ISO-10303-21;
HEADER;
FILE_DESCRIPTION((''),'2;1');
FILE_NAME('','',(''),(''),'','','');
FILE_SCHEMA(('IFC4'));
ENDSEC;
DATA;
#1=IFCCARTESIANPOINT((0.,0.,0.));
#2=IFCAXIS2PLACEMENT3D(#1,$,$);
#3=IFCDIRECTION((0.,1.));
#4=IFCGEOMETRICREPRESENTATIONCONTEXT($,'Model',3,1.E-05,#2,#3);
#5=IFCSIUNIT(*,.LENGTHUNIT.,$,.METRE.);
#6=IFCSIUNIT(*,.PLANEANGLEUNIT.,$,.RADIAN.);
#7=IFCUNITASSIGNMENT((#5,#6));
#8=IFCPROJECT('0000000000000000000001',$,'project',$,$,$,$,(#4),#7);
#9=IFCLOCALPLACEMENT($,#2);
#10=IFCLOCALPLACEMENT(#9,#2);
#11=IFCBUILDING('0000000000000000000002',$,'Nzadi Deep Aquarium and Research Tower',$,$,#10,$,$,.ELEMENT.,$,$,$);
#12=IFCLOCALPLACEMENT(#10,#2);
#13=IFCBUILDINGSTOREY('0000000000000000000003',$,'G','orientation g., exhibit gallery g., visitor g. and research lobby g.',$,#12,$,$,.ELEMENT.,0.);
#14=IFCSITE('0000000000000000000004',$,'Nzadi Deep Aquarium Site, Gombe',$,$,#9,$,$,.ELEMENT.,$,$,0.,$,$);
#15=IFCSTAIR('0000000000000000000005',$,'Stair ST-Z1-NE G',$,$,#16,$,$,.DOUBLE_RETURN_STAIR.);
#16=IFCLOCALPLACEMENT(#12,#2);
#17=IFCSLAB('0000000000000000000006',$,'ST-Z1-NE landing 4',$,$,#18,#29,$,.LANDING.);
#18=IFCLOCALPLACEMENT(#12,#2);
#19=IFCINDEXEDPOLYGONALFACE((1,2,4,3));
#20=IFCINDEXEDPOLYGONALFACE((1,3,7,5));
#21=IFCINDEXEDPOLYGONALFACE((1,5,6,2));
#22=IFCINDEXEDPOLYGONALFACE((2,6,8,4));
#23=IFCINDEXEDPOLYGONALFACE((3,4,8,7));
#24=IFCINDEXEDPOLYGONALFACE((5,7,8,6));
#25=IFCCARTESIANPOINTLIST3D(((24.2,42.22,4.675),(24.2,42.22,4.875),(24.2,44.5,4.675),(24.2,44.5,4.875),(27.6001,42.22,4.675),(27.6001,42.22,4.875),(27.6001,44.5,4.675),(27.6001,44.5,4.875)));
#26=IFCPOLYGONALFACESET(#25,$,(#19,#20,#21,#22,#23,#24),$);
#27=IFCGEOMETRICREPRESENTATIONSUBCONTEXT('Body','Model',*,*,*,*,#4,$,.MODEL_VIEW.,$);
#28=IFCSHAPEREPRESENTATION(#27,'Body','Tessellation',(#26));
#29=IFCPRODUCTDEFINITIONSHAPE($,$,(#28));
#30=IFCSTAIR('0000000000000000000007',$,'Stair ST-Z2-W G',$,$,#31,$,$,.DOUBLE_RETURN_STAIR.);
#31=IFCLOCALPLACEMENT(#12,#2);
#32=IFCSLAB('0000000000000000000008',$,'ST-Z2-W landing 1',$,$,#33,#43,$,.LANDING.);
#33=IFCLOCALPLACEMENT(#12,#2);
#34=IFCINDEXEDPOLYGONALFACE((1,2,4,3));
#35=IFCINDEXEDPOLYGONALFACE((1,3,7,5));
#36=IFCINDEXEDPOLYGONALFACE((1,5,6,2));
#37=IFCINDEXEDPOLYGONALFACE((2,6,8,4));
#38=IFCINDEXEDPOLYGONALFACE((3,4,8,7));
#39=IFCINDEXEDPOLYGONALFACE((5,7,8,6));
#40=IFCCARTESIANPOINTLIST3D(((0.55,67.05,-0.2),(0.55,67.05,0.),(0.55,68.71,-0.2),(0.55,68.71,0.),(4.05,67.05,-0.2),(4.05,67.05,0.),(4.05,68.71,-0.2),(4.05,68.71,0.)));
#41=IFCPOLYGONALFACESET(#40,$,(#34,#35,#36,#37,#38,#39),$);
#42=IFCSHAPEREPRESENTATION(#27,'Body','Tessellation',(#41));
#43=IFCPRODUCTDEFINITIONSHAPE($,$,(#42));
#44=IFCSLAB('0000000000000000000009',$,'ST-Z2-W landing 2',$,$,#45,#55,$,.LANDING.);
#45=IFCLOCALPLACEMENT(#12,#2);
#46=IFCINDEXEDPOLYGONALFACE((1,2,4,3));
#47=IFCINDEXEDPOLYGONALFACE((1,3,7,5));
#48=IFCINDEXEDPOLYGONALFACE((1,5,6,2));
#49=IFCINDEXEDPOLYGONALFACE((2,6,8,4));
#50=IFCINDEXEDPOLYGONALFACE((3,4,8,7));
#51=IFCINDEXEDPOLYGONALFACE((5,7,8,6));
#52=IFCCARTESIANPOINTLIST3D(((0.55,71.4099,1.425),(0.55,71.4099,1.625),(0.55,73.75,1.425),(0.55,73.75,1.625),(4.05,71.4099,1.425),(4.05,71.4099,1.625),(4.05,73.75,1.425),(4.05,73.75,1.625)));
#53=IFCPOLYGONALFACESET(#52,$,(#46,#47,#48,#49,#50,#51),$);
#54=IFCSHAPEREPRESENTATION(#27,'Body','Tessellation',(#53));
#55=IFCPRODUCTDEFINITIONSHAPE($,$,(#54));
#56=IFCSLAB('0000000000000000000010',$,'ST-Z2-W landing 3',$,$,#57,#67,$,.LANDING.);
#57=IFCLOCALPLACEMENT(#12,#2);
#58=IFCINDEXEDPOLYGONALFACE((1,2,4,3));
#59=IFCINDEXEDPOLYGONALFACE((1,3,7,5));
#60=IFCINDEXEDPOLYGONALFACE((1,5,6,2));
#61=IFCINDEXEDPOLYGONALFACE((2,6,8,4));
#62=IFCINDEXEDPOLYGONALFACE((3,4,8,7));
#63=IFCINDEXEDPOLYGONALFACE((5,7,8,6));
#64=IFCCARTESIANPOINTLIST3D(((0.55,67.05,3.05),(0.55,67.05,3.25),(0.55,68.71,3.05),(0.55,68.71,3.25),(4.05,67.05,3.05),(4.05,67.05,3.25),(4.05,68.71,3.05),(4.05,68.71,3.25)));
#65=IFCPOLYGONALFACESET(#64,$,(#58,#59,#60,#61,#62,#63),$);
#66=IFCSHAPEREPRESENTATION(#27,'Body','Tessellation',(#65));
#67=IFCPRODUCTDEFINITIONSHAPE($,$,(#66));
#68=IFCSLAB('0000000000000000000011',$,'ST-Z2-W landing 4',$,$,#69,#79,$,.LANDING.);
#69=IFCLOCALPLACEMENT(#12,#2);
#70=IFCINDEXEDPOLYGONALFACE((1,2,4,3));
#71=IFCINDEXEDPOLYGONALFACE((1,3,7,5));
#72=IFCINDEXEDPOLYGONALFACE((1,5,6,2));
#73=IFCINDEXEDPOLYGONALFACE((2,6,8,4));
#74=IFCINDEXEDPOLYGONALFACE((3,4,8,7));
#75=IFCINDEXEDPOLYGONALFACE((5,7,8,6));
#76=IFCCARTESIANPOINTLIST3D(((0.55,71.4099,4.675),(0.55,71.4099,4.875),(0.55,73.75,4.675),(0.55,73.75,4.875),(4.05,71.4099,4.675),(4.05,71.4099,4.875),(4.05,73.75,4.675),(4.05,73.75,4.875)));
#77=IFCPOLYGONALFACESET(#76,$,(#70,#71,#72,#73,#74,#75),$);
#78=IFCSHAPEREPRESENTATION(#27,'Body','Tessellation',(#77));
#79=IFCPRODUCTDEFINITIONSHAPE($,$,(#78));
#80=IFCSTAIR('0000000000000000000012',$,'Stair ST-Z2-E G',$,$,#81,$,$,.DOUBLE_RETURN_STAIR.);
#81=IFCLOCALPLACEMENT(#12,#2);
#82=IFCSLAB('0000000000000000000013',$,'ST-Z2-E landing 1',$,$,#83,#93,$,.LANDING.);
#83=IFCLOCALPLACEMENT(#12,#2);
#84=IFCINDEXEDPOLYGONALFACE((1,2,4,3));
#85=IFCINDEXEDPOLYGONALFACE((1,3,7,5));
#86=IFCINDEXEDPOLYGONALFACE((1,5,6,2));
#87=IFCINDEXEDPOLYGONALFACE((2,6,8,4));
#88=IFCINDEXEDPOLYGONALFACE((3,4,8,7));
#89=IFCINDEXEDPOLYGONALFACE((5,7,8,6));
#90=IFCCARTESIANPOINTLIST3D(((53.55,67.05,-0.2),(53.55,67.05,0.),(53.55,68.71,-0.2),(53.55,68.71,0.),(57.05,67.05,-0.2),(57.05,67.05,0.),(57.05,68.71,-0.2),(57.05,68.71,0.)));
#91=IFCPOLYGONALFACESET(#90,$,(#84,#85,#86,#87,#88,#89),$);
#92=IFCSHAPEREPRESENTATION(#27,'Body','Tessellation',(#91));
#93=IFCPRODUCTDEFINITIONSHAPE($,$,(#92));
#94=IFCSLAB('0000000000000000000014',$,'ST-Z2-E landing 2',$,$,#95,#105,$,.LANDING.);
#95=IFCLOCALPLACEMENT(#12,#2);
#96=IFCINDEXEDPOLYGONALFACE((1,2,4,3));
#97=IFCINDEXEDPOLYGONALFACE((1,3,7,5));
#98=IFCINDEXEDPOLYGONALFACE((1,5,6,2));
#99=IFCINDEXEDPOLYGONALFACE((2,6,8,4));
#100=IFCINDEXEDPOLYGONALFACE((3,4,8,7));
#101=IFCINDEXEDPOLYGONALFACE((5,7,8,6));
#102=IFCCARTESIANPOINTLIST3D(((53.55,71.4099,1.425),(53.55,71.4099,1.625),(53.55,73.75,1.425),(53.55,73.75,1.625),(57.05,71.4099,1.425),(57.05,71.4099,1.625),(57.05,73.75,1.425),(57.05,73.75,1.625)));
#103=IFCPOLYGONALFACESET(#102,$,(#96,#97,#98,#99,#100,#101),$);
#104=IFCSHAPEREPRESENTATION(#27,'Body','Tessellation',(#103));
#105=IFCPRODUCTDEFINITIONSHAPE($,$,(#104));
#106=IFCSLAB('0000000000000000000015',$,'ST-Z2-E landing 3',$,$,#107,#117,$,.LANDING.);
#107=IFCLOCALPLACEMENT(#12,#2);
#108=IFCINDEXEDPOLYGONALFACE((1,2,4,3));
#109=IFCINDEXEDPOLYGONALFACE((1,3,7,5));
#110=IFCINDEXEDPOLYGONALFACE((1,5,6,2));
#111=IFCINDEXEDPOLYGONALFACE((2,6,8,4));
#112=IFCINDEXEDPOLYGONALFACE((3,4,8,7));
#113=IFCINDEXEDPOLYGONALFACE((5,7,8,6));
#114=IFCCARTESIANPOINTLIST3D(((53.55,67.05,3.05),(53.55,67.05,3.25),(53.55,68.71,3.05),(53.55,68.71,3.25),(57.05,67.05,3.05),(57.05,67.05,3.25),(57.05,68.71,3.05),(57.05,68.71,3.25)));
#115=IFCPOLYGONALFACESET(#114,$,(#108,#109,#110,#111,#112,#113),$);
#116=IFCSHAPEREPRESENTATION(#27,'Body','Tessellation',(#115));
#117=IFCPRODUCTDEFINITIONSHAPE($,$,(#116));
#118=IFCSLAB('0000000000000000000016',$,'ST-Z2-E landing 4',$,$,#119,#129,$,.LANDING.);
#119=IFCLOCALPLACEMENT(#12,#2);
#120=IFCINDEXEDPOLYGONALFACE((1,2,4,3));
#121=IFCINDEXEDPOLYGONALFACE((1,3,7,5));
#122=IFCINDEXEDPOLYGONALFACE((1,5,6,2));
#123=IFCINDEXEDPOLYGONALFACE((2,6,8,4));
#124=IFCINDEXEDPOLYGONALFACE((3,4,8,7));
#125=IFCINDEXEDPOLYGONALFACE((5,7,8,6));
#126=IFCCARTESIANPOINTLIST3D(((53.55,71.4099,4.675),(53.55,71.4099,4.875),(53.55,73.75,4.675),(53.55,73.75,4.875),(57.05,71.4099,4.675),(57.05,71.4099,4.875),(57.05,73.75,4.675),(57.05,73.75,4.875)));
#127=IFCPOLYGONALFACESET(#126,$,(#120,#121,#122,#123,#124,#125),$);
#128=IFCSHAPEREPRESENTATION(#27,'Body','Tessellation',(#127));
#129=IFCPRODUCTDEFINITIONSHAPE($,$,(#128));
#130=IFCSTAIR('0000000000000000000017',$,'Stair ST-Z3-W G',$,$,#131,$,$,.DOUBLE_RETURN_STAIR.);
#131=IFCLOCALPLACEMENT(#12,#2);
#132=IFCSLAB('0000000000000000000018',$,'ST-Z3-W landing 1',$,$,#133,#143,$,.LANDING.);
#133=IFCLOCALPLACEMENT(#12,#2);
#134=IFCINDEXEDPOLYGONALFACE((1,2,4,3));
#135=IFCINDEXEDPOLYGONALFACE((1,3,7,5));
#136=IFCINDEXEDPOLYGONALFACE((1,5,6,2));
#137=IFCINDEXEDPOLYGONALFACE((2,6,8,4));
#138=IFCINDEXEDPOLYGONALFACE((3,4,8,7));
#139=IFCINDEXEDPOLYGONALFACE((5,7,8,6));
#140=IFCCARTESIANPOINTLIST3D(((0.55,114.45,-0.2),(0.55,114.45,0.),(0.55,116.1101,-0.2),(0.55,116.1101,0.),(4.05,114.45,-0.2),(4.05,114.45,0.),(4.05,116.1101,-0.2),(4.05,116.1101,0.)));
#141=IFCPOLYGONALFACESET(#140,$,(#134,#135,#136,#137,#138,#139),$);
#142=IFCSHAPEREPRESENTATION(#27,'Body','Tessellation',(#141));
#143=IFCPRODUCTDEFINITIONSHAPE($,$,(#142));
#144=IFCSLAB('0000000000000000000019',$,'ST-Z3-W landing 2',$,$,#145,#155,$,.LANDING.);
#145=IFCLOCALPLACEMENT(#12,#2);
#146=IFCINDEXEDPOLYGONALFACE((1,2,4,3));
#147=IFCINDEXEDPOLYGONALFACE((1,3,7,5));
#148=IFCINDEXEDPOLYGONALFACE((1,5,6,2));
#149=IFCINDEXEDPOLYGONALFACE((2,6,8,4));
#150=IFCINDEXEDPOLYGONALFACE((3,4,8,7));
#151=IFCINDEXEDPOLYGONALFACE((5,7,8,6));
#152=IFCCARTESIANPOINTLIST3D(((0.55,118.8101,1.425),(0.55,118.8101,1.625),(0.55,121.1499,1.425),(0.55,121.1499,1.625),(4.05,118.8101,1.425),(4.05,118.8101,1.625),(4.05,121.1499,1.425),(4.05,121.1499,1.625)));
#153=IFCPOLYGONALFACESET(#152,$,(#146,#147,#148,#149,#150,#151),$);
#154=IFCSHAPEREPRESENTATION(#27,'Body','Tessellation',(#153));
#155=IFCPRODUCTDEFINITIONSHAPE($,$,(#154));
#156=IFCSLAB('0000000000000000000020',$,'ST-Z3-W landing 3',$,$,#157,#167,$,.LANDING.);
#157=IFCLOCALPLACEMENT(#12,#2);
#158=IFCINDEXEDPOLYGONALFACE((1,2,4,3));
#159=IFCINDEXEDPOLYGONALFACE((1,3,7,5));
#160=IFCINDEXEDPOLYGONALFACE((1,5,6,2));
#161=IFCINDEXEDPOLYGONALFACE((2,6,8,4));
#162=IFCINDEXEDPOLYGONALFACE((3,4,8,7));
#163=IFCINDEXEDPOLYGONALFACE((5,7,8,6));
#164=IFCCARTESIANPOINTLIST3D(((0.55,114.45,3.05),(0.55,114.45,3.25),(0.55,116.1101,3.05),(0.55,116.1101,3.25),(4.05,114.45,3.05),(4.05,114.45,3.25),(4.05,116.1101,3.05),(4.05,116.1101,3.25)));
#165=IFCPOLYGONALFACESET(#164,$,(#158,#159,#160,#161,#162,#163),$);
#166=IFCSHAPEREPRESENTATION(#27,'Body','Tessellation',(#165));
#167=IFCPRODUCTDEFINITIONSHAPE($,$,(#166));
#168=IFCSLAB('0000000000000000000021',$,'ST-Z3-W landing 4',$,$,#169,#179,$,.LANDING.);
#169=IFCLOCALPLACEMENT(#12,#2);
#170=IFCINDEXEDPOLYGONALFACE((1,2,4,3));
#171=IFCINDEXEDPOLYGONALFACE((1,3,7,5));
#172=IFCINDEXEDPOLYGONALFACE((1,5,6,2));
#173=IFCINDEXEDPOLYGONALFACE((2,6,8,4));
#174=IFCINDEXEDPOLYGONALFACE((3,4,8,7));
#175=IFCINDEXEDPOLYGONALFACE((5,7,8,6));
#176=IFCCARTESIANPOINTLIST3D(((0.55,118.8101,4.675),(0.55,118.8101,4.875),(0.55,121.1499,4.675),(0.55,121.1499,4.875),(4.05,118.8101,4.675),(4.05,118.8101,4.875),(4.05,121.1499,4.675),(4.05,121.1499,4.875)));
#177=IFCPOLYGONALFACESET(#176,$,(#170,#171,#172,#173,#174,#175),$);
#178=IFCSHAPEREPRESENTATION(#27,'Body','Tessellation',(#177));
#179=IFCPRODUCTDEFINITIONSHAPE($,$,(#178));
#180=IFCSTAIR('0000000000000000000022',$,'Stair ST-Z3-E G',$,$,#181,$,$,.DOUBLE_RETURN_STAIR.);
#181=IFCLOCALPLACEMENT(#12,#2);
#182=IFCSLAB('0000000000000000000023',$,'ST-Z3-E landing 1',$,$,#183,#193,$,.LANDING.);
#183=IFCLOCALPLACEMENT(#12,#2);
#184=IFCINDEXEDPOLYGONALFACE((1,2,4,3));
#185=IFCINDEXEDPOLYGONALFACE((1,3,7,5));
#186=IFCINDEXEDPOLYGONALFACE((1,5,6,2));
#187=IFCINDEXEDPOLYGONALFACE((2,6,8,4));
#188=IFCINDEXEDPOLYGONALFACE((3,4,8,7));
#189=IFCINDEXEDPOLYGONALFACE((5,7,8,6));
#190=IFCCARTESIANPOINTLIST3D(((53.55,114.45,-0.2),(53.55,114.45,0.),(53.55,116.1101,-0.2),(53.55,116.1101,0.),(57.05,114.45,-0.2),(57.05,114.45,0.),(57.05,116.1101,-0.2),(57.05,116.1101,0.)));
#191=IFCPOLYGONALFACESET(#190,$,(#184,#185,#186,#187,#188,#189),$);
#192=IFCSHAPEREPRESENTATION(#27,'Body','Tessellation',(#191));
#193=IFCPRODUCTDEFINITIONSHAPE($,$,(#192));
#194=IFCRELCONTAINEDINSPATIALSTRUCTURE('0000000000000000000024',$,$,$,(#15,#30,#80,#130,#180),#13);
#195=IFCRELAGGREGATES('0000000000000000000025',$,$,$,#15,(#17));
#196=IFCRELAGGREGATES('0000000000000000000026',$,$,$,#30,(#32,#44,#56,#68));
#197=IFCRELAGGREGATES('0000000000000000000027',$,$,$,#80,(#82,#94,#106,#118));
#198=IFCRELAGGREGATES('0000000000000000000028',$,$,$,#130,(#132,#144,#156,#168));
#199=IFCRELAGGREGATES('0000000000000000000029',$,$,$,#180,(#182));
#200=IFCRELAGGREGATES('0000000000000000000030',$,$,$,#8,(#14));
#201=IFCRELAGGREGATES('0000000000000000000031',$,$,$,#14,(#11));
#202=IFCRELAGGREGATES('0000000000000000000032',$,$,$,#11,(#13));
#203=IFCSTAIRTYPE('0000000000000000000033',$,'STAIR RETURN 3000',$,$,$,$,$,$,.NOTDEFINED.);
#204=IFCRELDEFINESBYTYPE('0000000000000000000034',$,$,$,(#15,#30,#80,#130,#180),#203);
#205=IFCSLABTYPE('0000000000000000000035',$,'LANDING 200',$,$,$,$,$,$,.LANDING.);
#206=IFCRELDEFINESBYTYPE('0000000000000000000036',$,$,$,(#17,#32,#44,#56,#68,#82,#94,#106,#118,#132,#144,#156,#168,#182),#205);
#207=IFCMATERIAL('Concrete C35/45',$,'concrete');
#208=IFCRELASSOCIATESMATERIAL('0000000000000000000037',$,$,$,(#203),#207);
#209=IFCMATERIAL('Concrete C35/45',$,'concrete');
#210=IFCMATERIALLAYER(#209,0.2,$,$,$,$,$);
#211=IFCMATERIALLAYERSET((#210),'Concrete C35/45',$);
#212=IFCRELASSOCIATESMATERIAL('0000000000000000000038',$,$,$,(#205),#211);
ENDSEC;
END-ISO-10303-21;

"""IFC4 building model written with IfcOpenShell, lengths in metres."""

from ifc_helpers import new_model, si_unit, direction, frame, origin, place, context, subcontext, project, spatial, polyline, outline, extrude, material, layer, layer_set, type_object, element, aggregate, save


model = new_model("IFC4")

# Units and contexts
model_context = context("Model", 3, precision=1e-05, world=origin(), true_north=direction((0.0, 1.0)))
body_context = subcontext(model_context, "Body", "Model", "MODEL_VIEW")
ifc_project = project(units=[si_unit("LENGTHUNIT", "METRE"), si_unit("PLANEANGLEUNIT", "RADIAN")], contexts=[model_context])

# Site, building, storey
site_placement = place(None, origin())
site = spatial("IfcSite", under=ifc_project, at=site_placement, Name="Nzadi Deep Aquarium Site, Gombe", CompositionType="ELEMENT", RefElevation=0.0)
building_placement = place(site_placement, origin())
building = spatial("IfcBuilding", under=site, at=building_placement, Name="Nzadi Deep Aquarium and Research Tower", CompositionType="ELEMENT")
storey_placement = place(building_placement, origin())
storey = spatial("IfcBuildingStorey", under=building, at=storey_placement, Name="G", Description="orientation g., exhibit gallery g., visitor g. and research lobby g.", CompositionType="ELEMENT", Elevation=0.0)

# Stair, slab
ifc_material_1 = material(Name="Concrete C35/45", Category="concrete")
stair_type = type_object("IfcStairType", Name="STAIR RETURN 3000", PredefinedType="NOTDEFINED", material=ifc_material_1)
stair_1_placement = place(storey_placement, origin())
stair_1 = element("IfcStair", 1, at=stair_1_placement, inside=storey, type_object=stair_type, Name="Stair ST-Z1-NE G", PredefinedType="DOUBLE_RETURN_STAIR")
ifc_material_2 = material(Name="Concrete C35/45", Category="concrete")
ifc_layer = layer(ifc_material_2, 0.2)
ifc_layer_set = layer_set([ifc_layer], Name="Concrete C35/45")
slab_type = type_object("IfcSlabType", Name="LANDING 200", PredefinedType="LANDING", material=ifc_layer_set)
slab_1_placement = place(storey_placement, frame((0.0, 0.0, 4.675)))
slab_1 = element("IfcSlab", 2, at=slab_1_placement, type_object=slab_type, Name="ST-Z1-NE landing 4", PredefinedType="LANDING", context=body_context, shape_type="SweptSolid", body=[
    extrude(outline(polyline([(24.2, 42.22), (27.6001, 42.22), (27.6001, 44.5), (24.2, 44.5), (24.2, 42.22)])), origin(), (0.0, 0.0, 1.0), 0.2),
])
aggregate(stair_1, [slab_1])

# Stairs, slabs
stair_2_placement = place(storey_placement, origin())
stair_2 = element("IfcStair", 3, at=stair_2_placement, inside=storey, type_object=stair_type, Name="Stair ST-Z2-W G", PredefinedType="DOUBLE_RETURN_STAIR")
slab_2_placement = place(storey_placement, frame((0.0, 0.0, -0.2)))
slab_2 = element("IfcSlab", 4, at=slab_2_placement, type_object=slab_type, Name="ST-Z2-W landing 1", PredefinedType="LANDING", context=body_context, shape_type="SweptSolid", body=[
    extrude(outline(polyline([(0.55, 67.05), (4.05, 67.05), (4.05, 68.71), (0.55, 68.71), (0.55, 67.05)])), origin(), (0.0, 0.0, 1.0), 0.2),
])
slab_3_placement = place(storey_placement, frame((0.0, 0.0, 1.425)))
slab_3 = element("IfcSlab", 5, at=slab_3_placement, type_object=slab_type, Name="ST-Z2-W landing 2", PredefinedType="LANDING", context=body_context, shape_type="SweptSolid", body=[
    extrude(outline(polyline([(0.55, 71.4099), (4.05, 71.4099), (4.05, 73.75), (0.55, 73.75), (0.55, 71.4099)])), origin(), (0.0, 0.0, 1.0), 0.2),
])
slab_4_placement = place(storey_placement, frame((0.0, 0.0, 3.05)))
slab_4 = element("IfcSlab", 6, at=slab_4_placement, type_object=slab_type, Name="ST-Z2-W landing 3", PredefinedType="LANDING", context=body_context, shape_type="SweptSolid", body=[
    extrude(outline(polyline([(0.55, 67.05), (4.05, 67.05), (4.05, 68.71), (0.55, 68.71), (0.55, 67.05)])), origin(), (0.0, 0.0, 1.0), 0.2),
])
slab_5_placement = place(storey_placement, frame((0.0, 0.0, 4.675)))
slab_5 = element("IfcSlab", 7, at=slab_5_placement, type_object=slab_type, Name="ST-Z2-W landing 4", PredefinedType="LANDING", context=body_context, shape_type="SweptSolid", body=[
    extrude(outline(polyline([(0.55, 71.4099), (4.05, 71.4099), (4.05, 73.75), (0.55, 73.75), (0.55, 71.4099)])), origin(), (0.0, 0.0, 1.0), 0.2),
])
aggregate(stair_2, [slab_2, slab_3, slab_4, slab_5])
stair_3_placement = place(storey_placement, origin())
stair_3 = element("IfcStair", 8, at=stair_3_placement, inside=storey, type_object=stair_type, Name="Stair ST-Z2-E G", PredefinedType="DOUBLE_RETURN_STAIR")
slab_6_placement = place(storey_placement, frame((0.0, 0.0, -0.2)))
slab_6 = element("IfcSlab", 9, at=slab_6_placement, type_object=slab_type, Name="ST-Z2-E landing 1", PredefinedType="LANDING", context=body_context, shape_type="SweptSolid", body=[
    extrude(outline(polyline([(57.05, 68.71), (53.55, 68.71), (53.55, 67.05), (57.05, 67.05), (57.05, 68.71)])), origin(), (0.0, 0.0, 1.0), 0.2),
])
slab_7_placement = place(storey_placement, frame((0.0, 0.0, 1.425)))
slab_7 = element("IfcSlab", 10, at=slab_7_placement, type_object=slab_type, Name="ST-Z2-E landing 2", PredefinedType="LANDING", context=body_context, shape_type="SweptSolid", body=[
    extrude(outline(polyline([(57.05, 73.75), (53.55, 73.75), (53.55, 71.4099), (57.05, 71.4099), (57.05, 73.75)])), origin(), (0.0, 0.0, 1.0), 0.2),
])
slab_8_placement = place(storey_placement, frame((0.0, 0.0, 3.05)))
slab_8 = element("IfcSlab", 11, at=slab_8_placement, type_object=slab_type, Name="ST-Z2-E landing 3", PredefinedType="LANDING", context=body_context, shape_type="SweptSolid", body=[
    extrude(outline(polyline([(57.05, 68.71), (53.55, 68.71), (53.55, 67.05), (57.05, 67.05), (57.05, 68.71)])), origin(), (0.0, 0.0, 1.0), 0.2),
])
slab_9_placement = place(storey_placement, frame((0.0, 0.0, 4.675)))
slab_9 = element("IfcSlab", 12, at=slab_9_placement, type_object=slab_type, Name="ST-Z2-E landing 4", PredefinedType="LANDING", context=body_context, shape_type="SweptSolid", body=[
    extrude(outline(polyline([(57.05, 73.75), (53.55, 73.75), (53.55, 71.4099), (57.05, 71.4099), (57.05, 73.75)])), origin(), (0.0, 0.0, 1.0), 0.2),
])
aggregate(stair_3, [slab_6, slab_7, slab_8, slab_9])
stair_4_placement = place(storey_placement, origin())
stair_4 = element("IfcStair", 13, at=stair_4_placement, inside=storey, type_object=stair_type, Name="Stair ST-Z3-W G", PredefinedType="DOUBLE_RETURN_STAIR")
slab_10_placement = place(storey_placement, frame((0.0, 0.0, -0.2)))
slab_10 = element("IfcSlab", 14, at=slab_10_placement, type_object=slab_type, Name="ST-Z3-W landing 1", PredefinedType="LANDING", context=body_context, shape_type="SweptSolid", body=[
    extrude(outline(polyline([(0.55, 114.45), (4.05, 114.45), (4.05, 116.1101), (0.55, 116.1101), (0.55, 114.45)])), origin(), (0.0, 0.0, 1.0), 0.2),
])
slab_11_placement = place(storey_placement, frame((0.0, 0.0, 1.425)))
slab_11 = element("IfcSlab", 15, at=slab_11_placement, type_object=slab_type, Name="ST-Z3-W landing 2", PredefinedType="LANDING", context=body_context, shape_type="SweptSolid", body=[
    extrude(outline(polyline([(0.55, 118.8101), (4.05, 118.8101), (4.05, 121.1499), (0.55, 121.1499), (0.55, 118.8101)])), origin(), (0.0, 0.0, 1.0), 0.2),
])
slab_12_placement = place(storey_placement, frame((0.0, 0.0, 3.05)))
slab_12 = element("IfcSlab", 16, at=slab_12_placement, type_object=slab_type, Name="ST-Z3-W landing 3", PredefinedType="LANDING", context=body_context, shape_type="SweptSolid", body=[
    extrude(outline(polyline([(0.55, 114.45), (4.05, 114.45), (4.05, 116.1101), (0.55, 116.1101), (0.55, 114.45)])), origin(), (0.0, 0.0, 1.0), 0.2),
])
slab_13_placement = place(storey_placement, frame((0.0, 0.0, 4.675)))
slab_13 = element("IfcSlab", 17, at=slab_13_placement, type_object=slab_type, Name="ST-Z3-W landing 4", PredefinedType="LANDING", context=body_context, shape_type="SweptSolid", body=[
    extrude(outline(polyline([(0.55, 118.8101), (4.05, 118.8101), (4.05, 121.1499), (0.55, 121.1499), (0.55, 118.8101)])), origin(), (0.0, 0.0, 1.0), 0.2),
])
aggregate(stair_4, [slab_10, slab_11, slab_12, slab_13])

# Stair, slab
stair_5_placement = place(storey_placement, origin())
stair_5 = element("IfcStair", 18, at=stair_5_placement, inside=storey, type_object=stair_type, Name="Stair ST-Z3-E G", PredefinedType="DOUBLE_RETURN_STAIR")
slab_14_placement = place(storey_placement, frame((0.0, 0.0, -0.2)))
slab_14 = element("IfcSlab", 19, at=slab_14_placement, type_object=slab_type, Name="ST-Z3-E landing 1", PredefinedType="LANDING", context=body_context, shape_type="SweptSolid", body=[
    extrude(outline(polyline([(57.05, 116.1101), (53.55, 116.1101), (53.55, 114.45), (57.05, 114.45), (57.05, 116.1101)])), origin(), (0.0, 0.0, 1.0), 0.2),
])
aggregate(stair_5, [slab_14])

save(model, "model.ifc")
